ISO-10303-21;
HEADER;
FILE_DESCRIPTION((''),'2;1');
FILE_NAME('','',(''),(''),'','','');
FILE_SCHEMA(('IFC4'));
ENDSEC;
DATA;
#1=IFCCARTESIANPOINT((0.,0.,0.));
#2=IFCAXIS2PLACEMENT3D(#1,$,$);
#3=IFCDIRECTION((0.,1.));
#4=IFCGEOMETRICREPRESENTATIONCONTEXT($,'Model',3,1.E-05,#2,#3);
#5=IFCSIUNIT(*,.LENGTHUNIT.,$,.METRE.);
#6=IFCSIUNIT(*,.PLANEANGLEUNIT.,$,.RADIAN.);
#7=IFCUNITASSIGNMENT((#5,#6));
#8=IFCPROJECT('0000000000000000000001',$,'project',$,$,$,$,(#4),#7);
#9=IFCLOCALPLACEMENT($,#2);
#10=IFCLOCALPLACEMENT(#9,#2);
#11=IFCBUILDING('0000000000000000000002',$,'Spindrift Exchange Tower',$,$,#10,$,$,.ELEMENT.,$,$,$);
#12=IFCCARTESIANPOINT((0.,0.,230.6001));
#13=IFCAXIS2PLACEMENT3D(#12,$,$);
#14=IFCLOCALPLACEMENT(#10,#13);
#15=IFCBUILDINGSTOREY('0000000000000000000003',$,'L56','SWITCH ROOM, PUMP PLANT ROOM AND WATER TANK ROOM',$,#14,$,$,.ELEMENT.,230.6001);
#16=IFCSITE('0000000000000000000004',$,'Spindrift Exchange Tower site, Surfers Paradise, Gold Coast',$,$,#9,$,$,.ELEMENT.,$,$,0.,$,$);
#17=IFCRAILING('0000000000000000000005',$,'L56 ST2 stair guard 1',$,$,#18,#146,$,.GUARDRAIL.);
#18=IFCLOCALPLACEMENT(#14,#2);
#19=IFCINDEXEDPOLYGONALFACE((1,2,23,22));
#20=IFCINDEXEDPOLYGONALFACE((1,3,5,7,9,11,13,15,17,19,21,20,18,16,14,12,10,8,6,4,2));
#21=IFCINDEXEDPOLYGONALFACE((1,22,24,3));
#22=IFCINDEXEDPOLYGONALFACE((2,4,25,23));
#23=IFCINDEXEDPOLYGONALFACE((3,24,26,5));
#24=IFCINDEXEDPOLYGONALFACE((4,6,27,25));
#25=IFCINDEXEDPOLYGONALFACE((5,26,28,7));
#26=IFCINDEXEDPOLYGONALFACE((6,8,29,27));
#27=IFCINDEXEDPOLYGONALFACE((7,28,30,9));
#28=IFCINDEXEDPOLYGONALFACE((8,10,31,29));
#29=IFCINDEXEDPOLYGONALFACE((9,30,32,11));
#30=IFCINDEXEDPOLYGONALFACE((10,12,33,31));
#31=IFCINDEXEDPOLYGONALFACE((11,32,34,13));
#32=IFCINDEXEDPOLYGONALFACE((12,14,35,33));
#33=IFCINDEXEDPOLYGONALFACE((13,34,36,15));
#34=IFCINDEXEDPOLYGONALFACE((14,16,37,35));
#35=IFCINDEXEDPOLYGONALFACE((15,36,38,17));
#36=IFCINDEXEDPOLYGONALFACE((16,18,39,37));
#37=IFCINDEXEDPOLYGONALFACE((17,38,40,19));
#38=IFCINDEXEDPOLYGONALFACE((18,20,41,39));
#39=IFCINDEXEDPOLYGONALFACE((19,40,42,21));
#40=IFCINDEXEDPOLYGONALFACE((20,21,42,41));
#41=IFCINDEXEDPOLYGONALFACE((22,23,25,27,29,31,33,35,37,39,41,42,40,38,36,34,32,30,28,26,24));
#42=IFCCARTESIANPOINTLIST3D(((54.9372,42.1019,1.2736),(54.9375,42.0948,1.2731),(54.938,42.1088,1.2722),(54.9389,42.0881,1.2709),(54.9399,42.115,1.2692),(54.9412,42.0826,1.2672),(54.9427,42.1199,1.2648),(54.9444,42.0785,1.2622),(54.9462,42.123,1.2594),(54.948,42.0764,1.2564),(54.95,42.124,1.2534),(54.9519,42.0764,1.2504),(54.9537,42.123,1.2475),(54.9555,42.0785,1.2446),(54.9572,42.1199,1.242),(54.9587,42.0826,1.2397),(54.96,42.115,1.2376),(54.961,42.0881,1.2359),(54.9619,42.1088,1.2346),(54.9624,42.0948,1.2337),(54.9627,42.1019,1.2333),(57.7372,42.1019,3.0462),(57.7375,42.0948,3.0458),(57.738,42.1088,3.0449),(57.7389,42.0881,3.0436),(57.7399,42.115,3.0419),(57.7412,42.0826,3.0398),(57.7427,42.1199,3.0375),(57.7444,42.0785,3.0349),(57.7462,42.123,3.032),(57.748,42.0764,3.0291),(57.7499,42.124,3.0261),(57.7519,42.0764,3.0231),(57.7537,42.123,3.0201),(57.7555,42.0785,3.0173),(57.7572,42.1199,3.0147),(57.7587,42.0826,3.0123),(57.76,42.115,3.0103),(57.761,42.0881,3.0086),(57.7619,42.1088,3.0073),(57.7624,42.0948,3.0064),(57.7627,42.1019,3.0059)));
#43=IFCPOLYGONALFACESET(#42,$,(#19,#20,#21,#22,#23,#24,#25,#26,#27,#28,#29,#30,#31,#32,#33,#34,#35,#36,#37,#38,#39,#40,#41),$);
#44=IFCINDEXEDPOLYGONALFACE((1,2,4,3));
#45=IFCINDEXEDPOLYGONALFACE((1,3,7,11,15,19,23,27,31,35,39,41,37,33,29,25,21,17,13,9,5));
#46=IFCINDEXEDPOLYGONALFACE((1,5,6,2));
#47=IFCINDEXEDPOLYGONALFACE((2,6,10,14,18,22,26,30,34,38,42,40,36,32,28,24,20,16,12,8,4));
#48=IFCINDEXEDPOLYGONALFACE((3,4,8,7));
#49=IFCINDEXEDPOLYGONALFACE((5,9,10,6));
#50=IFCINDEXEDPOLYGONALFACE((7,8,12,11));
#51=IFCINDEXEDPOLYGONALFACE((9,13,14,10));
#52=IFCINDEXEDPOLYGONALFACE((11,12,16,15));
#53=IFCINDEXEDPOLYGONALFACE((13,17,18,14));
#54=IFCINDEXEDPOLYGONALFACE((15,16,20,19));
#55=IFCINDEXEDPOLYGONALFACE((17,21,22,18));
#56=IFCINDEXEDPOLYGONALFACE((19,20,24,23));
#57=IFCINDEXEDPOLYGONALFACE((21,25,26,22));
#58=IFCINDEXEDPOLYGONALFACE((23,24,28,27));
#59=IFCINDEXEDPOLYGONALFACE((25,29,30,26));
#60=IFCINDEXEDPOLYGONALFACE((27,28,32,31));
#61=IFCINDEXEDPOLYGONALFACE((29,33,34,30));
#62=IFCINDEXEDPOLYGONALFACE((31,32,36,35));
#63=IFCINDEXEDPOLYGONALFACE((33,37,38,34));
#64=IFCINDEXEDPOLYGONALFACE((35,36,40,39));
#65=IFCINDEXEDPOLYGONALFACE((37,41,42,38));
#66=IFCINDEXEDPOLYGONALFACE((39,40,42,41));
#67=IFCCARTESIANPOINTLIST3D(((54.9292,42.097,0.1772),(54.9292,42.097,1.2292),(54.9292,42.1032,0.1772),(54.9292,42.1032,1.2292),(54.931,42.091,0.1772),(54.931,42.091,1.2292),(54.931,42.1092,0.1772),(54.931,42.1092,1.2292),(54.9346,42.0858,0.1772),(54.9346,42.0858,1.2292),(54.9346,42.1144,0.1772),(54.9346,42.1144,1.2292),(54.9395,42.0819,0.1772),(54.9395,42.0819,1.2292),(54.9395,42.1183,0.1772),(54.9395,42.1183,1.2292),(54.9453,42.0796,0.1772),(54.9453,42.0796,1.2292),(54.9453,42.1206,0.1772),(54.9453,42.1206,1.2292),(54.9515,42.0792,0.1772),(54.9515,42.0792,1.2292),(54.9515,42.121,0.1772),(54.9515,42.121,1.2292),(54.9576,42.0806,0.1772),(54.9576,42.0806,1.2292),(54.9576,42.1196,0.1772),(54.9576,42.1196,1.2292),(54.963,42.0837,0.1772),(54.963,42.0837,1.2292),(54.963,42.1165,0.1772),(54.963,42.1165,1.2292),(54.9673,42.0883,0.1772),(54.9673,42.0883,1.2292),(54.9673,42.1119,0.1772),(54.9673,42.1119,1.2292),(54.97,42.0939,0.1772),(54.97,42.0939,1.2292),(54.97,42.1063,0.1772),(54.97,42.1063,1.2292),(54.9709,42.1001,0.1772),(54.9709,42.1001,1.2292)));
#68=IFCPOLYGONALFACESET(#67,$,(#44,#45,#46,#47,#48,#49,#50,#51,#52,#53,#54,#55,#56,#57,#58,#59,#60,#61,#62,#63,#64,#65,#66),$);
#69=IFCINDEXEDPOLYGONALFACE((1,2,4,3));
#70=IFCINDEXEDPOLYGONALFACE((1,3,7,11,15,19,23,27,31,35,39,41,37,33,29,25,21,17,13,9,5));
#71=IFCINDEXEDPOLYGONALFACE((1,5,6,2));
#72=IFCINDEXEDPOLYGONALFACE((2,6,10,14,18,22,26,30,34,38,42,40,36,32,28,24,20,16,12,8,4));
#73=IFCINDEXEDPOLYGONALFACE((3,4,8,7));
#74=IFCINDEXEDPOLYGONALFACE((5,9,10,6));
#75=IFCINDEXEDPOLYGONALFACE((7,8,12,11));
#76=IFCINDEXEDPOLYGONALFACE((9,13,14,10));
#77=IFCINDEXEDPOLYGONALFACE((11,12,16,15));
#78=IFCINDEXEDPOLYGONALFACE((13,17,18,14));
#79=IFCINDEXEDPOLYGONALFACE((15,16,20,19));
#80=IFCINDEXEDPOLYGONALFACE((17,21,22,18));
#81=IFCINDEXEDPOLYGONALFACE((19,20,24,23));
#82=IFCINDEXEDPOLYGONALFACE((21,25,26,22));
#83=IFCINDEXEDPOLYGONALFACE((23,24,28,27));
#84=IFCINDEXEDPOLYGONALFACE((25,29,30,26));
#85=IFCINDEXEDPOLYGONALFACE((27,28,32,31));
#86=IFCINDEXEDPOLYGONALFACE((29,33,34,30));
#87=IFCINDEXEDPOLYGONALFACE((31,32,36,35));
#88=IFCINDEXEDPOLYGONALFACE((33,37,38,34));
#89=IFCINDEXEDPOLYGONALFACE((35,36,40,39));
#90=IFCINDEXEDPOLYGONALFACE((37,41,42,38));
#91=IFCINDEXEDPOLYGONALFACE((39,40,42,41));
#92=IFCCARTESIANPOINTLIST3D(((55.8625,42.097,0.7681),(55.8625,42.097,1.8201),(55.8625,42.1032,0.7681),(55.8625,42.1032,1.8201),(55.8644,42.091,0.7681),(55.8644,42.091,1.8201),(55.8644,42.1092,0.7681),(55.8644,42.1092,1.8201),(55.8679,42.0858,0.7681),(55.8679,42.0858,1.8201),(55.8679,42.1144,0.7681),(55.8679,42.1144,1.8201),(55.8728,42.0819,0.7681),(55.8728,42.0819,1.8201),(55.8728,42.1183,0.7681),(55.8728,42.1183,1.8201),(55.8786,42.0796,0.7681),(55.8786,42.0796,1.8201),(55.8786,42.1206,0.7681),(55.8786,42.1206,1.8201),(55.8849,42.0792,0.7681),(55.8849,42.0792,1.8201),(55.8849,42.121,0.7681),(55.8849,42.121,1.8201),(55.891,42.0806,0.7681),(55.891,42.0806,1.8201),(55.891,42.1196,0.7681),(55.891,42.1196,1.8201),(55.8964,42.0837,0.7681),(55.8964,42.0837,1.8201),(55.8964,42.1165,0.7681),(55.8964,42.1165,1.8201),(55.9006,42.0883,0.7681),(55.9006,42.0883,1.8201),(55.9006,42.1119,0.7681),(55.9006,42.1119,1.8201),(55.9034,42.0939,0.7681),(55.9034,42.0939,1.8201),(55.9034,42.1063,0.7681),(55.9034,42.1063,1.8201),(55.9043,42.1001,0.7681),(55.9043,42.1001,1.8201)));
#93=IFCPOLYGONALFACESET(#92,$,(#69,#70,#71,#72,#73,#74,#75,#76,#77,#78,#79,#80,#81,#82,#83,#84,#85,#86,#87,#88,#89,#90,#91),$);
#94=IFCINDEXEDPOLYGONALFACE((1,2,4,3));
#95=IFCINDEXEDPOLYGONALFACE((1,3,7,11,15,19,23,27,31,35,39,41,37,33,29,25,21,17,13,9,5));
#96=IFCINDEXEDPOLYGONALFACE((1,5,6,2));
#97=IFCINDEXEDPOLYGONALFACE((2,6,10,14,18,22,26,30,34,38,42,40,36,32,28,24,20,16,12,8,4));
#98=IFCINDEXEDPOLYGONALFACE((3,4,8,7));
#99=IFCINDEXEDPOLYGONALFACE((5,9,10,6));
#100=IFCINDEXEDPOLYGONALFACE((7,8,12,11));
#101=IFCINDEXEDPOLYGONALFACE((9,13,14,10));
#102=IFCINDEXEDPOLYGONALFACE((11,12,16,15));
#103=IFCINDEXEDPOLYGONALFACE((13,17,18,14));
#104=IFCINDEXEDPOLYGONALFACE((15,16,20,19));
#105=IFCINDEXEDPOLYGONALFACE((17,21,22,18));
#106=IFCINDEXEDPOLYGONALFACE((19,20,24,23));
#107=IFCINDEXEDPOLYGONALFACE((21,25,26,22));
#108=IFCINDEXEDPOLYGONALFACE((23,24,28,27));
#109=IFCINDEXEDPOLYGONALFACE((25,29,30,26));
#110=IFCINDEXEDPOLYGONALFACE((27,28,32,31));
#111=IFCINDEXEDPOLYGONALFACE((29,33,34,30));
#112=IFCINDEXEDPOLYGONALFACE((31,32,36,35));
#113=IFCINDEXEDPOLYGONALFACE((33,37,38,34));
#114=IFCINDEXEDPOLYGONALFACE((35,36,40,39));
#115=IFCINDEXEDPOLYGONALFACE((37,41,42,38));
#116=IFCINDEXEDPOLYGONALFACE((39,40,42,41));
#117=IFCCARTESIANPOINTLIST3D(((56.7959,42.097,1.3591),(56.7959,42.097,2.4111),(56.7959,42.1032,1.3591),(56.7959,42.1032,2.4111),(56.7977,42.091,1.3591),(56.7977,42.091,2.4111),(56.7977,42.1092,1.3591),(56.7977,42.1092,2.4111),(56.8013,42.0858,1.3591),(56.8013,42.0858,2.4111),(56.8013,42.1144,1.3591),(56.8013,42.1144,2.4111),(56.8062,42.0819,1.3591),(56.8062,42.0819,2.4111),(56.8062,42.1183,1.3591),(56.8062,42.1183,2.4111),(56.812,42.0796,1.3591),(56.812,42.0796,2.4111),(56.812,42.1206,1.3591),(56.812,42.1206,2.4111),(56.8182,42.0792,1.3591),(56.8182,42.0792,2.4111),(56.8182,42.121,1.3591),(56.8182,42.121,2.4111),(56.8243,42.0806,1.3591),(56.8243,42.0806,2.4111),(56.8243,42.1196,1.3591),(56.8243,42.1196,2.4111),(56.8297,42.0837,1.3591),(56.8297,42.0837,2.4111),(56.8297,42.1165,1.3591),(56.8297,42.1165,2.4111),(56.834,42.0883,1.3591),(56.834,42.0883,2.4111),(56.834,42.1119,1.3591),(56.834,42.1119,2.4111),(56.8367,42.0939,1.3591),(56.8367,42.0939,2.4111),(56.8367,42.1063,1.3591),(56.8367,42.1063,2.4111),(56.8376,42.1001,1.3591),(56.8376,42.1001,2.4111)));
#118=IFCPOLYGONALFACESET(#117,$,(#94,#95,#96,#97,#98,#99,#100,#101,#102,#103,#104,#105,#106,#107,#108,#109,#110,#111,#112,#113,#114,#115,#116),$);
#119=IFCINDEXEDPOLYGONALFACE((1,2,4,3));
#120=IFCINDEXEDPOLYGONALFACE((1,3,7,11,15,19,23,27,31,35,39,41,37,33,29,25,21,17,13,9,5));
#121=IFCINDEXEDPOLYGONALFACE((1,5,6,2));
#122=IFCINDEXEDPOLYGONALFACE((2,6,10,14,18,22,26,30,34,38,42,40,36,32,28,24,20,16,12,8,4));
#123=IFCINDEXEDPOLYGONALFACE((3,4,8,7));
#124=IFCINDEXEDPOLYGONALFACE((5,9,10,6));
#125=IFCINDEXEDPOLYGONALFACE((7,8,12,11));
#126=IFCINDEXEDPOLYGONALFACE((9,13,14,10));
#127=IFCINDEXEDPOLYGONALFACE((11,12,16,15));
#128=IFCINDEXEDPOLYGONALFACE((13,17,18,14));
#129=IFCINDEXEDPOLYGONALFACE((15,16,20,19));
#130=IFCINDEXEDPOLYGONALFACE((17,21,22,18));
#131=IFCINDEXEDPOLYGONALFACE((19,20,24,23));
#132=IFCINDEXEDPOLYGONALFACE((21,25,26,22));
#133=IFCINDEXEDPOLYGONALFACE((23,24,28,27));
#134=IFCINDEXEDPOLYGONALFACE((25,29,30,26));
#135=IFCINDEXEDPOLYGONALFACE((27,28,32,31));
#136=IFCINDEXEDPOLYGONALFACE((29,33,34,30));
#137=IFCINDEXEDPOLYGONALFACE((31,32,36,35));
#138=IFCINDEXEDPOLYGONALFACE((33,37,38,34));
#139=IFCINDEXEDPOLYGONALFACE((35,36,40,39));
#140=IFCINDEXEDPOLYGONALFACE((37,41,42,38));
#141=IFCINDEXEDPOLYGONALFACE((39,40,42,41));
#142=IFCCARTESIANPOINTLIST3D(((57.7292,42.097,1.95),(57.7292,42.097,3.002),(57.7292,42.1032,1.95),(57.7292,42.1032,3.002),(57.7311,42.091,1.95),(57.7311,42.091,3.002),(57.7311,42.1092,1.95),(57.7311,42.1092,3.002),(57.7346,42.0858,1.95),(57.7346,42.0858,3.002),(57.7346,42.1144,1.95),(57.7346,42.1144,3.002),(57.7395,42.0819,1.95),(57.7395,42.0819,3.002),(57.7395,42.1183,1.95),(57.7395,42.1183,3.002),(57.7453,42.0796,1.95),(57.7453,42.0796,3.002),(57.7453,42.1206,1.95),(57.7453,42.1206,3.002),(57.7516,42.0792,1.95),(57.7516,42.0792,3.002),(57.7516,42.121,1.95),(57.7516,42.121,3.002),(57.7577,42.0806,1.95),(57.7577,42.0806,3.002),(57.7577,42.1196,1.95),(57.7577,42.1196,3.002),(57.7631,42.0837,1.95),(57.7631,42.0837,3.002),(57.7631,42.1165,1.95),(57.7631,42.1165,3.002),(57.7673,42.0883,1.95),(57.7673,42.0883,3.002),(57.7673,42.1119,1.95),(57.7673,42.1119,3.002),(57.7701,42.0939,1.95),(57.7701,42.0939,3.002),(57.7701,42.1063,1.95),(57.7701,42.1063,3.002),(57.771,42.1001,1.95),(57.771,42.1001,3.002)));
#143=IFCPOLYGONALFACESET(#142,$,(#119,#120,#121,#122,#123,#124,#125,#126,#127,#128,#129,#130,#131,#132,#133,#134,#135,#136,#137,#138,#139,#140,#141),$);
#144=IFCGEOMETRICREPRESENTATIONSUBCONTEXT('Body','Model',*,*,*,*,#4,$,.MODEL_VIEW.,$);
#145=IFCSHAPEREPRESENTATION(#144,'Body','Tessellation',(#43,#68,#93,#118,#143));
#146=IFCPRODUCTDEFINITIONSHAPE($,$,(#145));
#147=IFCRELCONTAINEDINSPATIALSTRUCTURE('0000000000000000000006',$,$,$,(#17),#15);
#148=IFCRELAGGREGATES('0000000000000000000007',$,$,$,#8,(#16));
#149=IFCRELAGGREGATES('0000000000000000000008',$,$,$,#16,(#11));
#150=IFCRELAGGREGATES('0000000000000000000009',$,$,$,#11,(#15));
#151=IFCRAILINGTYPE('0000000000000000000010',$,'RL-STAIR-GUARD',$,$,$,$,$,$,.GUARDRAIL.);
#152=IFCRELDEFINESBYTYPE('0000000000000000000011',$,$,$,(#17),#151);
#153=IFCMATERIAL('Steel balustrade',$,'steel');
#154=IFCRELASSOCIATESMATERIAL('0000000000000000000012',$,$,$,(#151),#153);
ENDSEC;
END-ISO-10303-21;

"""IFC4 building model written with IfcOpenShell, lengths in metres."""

from ifc_helpers import new_model, si_unit, direction, frame, origin, origin_2d, place, context, subcontext, project, spatial, circle, extrude, material, type_object, element, save


model = new_model("IFC4")

# Units and contexts
model_context = context("Model", 3, precision=1e-05, world=origin(), true_north=direction((0.0, 1.0)))
body_context = subcontext(model_context, "Body", "Model", "MODEL_VIEW")
ifc_project = project(units=[si_unit("LENGTHUNIT", "METRE"), si_unit("PLANEANGLEUNIT", "RADIAN")], contexts=[model_context])

# Site, building, storey
site_placement = place(None, origin())
site = spatial("IfcSite", under=ifc_project, at=site_placement, Name="Spindrift Exchange Tower site, Surfers Paradise, Gold Coast", CompositionType="ELEMENT", RefElevation=0.0)
building_placement = place(site_placement, origin())
building = spatial("IfcBuilding", under=site, at=building_placement, Name="Spindrift Exchange Tower", CompositionType="ELEMENT")
storey_placement = place(building_placement, frame((0.0, 0.0, 230.6001)))
storey = spatial("IfcBuildingStorey", under=building, at=storey_placement, Name="L56", Description="SWITCH ROOM, PUMP PLANT ROOM AND WATER TANK ROOM", CompositionType="ELEMENT", Elevation=230.6001)

# Railing
ifc_material_1 = material(Name="Steel balustrade", Category="steel")
railing_type_1 = type_object("IfcRailingType", Name="RL-STAIR-GUARD", PredefinedType="GUARDRAIL", material=ifc_material_1)
railing_1_placement = place(storey_placement, frame((54.95, 42.1001, 0.1772)))
element("IfcRailing", 1, at=railing_1_placement, inside=storey, type_object=railing_type_1, Name="L56 ST2 stair guard 1", PredefinedType="GUARDRAIL", context=body_context, shape_type="SweptSolid", body=[
    extrude(circle(Radius=0.0239, at=origin_2d()), frame((0.0, 0.0, 1.0762), z_axis=(0.844909, 0.0, 0.53491), x_axis=(0.0, 1.0, 0.0)), (0.0, 0.0, 1.0), 3.314),
    extrude(circle(Radius=0.021, at=origin_2d()), origin(), (0.0, 0.0, 1.0), 1.052),
    extrude(circle(Radius=0.021, at=origin_2d()), frame((0.9333, 0.0, 0.5908)), (0.0, 0.0, 1.0), 1.052),
    extrude(circle(Radius=0.021, at=origin_2d()), frame((1.8667, 0.0, 1.1819)), (0.0, 0.0, 1.0), 1.052),
    extrude(circle(Radius=0.021, at=origin_2d()), frame((2.8, 0.0, 1.7727)), (0.0, 0.0, 1.0), 1.052),
])

save(model, "model.ifc")
